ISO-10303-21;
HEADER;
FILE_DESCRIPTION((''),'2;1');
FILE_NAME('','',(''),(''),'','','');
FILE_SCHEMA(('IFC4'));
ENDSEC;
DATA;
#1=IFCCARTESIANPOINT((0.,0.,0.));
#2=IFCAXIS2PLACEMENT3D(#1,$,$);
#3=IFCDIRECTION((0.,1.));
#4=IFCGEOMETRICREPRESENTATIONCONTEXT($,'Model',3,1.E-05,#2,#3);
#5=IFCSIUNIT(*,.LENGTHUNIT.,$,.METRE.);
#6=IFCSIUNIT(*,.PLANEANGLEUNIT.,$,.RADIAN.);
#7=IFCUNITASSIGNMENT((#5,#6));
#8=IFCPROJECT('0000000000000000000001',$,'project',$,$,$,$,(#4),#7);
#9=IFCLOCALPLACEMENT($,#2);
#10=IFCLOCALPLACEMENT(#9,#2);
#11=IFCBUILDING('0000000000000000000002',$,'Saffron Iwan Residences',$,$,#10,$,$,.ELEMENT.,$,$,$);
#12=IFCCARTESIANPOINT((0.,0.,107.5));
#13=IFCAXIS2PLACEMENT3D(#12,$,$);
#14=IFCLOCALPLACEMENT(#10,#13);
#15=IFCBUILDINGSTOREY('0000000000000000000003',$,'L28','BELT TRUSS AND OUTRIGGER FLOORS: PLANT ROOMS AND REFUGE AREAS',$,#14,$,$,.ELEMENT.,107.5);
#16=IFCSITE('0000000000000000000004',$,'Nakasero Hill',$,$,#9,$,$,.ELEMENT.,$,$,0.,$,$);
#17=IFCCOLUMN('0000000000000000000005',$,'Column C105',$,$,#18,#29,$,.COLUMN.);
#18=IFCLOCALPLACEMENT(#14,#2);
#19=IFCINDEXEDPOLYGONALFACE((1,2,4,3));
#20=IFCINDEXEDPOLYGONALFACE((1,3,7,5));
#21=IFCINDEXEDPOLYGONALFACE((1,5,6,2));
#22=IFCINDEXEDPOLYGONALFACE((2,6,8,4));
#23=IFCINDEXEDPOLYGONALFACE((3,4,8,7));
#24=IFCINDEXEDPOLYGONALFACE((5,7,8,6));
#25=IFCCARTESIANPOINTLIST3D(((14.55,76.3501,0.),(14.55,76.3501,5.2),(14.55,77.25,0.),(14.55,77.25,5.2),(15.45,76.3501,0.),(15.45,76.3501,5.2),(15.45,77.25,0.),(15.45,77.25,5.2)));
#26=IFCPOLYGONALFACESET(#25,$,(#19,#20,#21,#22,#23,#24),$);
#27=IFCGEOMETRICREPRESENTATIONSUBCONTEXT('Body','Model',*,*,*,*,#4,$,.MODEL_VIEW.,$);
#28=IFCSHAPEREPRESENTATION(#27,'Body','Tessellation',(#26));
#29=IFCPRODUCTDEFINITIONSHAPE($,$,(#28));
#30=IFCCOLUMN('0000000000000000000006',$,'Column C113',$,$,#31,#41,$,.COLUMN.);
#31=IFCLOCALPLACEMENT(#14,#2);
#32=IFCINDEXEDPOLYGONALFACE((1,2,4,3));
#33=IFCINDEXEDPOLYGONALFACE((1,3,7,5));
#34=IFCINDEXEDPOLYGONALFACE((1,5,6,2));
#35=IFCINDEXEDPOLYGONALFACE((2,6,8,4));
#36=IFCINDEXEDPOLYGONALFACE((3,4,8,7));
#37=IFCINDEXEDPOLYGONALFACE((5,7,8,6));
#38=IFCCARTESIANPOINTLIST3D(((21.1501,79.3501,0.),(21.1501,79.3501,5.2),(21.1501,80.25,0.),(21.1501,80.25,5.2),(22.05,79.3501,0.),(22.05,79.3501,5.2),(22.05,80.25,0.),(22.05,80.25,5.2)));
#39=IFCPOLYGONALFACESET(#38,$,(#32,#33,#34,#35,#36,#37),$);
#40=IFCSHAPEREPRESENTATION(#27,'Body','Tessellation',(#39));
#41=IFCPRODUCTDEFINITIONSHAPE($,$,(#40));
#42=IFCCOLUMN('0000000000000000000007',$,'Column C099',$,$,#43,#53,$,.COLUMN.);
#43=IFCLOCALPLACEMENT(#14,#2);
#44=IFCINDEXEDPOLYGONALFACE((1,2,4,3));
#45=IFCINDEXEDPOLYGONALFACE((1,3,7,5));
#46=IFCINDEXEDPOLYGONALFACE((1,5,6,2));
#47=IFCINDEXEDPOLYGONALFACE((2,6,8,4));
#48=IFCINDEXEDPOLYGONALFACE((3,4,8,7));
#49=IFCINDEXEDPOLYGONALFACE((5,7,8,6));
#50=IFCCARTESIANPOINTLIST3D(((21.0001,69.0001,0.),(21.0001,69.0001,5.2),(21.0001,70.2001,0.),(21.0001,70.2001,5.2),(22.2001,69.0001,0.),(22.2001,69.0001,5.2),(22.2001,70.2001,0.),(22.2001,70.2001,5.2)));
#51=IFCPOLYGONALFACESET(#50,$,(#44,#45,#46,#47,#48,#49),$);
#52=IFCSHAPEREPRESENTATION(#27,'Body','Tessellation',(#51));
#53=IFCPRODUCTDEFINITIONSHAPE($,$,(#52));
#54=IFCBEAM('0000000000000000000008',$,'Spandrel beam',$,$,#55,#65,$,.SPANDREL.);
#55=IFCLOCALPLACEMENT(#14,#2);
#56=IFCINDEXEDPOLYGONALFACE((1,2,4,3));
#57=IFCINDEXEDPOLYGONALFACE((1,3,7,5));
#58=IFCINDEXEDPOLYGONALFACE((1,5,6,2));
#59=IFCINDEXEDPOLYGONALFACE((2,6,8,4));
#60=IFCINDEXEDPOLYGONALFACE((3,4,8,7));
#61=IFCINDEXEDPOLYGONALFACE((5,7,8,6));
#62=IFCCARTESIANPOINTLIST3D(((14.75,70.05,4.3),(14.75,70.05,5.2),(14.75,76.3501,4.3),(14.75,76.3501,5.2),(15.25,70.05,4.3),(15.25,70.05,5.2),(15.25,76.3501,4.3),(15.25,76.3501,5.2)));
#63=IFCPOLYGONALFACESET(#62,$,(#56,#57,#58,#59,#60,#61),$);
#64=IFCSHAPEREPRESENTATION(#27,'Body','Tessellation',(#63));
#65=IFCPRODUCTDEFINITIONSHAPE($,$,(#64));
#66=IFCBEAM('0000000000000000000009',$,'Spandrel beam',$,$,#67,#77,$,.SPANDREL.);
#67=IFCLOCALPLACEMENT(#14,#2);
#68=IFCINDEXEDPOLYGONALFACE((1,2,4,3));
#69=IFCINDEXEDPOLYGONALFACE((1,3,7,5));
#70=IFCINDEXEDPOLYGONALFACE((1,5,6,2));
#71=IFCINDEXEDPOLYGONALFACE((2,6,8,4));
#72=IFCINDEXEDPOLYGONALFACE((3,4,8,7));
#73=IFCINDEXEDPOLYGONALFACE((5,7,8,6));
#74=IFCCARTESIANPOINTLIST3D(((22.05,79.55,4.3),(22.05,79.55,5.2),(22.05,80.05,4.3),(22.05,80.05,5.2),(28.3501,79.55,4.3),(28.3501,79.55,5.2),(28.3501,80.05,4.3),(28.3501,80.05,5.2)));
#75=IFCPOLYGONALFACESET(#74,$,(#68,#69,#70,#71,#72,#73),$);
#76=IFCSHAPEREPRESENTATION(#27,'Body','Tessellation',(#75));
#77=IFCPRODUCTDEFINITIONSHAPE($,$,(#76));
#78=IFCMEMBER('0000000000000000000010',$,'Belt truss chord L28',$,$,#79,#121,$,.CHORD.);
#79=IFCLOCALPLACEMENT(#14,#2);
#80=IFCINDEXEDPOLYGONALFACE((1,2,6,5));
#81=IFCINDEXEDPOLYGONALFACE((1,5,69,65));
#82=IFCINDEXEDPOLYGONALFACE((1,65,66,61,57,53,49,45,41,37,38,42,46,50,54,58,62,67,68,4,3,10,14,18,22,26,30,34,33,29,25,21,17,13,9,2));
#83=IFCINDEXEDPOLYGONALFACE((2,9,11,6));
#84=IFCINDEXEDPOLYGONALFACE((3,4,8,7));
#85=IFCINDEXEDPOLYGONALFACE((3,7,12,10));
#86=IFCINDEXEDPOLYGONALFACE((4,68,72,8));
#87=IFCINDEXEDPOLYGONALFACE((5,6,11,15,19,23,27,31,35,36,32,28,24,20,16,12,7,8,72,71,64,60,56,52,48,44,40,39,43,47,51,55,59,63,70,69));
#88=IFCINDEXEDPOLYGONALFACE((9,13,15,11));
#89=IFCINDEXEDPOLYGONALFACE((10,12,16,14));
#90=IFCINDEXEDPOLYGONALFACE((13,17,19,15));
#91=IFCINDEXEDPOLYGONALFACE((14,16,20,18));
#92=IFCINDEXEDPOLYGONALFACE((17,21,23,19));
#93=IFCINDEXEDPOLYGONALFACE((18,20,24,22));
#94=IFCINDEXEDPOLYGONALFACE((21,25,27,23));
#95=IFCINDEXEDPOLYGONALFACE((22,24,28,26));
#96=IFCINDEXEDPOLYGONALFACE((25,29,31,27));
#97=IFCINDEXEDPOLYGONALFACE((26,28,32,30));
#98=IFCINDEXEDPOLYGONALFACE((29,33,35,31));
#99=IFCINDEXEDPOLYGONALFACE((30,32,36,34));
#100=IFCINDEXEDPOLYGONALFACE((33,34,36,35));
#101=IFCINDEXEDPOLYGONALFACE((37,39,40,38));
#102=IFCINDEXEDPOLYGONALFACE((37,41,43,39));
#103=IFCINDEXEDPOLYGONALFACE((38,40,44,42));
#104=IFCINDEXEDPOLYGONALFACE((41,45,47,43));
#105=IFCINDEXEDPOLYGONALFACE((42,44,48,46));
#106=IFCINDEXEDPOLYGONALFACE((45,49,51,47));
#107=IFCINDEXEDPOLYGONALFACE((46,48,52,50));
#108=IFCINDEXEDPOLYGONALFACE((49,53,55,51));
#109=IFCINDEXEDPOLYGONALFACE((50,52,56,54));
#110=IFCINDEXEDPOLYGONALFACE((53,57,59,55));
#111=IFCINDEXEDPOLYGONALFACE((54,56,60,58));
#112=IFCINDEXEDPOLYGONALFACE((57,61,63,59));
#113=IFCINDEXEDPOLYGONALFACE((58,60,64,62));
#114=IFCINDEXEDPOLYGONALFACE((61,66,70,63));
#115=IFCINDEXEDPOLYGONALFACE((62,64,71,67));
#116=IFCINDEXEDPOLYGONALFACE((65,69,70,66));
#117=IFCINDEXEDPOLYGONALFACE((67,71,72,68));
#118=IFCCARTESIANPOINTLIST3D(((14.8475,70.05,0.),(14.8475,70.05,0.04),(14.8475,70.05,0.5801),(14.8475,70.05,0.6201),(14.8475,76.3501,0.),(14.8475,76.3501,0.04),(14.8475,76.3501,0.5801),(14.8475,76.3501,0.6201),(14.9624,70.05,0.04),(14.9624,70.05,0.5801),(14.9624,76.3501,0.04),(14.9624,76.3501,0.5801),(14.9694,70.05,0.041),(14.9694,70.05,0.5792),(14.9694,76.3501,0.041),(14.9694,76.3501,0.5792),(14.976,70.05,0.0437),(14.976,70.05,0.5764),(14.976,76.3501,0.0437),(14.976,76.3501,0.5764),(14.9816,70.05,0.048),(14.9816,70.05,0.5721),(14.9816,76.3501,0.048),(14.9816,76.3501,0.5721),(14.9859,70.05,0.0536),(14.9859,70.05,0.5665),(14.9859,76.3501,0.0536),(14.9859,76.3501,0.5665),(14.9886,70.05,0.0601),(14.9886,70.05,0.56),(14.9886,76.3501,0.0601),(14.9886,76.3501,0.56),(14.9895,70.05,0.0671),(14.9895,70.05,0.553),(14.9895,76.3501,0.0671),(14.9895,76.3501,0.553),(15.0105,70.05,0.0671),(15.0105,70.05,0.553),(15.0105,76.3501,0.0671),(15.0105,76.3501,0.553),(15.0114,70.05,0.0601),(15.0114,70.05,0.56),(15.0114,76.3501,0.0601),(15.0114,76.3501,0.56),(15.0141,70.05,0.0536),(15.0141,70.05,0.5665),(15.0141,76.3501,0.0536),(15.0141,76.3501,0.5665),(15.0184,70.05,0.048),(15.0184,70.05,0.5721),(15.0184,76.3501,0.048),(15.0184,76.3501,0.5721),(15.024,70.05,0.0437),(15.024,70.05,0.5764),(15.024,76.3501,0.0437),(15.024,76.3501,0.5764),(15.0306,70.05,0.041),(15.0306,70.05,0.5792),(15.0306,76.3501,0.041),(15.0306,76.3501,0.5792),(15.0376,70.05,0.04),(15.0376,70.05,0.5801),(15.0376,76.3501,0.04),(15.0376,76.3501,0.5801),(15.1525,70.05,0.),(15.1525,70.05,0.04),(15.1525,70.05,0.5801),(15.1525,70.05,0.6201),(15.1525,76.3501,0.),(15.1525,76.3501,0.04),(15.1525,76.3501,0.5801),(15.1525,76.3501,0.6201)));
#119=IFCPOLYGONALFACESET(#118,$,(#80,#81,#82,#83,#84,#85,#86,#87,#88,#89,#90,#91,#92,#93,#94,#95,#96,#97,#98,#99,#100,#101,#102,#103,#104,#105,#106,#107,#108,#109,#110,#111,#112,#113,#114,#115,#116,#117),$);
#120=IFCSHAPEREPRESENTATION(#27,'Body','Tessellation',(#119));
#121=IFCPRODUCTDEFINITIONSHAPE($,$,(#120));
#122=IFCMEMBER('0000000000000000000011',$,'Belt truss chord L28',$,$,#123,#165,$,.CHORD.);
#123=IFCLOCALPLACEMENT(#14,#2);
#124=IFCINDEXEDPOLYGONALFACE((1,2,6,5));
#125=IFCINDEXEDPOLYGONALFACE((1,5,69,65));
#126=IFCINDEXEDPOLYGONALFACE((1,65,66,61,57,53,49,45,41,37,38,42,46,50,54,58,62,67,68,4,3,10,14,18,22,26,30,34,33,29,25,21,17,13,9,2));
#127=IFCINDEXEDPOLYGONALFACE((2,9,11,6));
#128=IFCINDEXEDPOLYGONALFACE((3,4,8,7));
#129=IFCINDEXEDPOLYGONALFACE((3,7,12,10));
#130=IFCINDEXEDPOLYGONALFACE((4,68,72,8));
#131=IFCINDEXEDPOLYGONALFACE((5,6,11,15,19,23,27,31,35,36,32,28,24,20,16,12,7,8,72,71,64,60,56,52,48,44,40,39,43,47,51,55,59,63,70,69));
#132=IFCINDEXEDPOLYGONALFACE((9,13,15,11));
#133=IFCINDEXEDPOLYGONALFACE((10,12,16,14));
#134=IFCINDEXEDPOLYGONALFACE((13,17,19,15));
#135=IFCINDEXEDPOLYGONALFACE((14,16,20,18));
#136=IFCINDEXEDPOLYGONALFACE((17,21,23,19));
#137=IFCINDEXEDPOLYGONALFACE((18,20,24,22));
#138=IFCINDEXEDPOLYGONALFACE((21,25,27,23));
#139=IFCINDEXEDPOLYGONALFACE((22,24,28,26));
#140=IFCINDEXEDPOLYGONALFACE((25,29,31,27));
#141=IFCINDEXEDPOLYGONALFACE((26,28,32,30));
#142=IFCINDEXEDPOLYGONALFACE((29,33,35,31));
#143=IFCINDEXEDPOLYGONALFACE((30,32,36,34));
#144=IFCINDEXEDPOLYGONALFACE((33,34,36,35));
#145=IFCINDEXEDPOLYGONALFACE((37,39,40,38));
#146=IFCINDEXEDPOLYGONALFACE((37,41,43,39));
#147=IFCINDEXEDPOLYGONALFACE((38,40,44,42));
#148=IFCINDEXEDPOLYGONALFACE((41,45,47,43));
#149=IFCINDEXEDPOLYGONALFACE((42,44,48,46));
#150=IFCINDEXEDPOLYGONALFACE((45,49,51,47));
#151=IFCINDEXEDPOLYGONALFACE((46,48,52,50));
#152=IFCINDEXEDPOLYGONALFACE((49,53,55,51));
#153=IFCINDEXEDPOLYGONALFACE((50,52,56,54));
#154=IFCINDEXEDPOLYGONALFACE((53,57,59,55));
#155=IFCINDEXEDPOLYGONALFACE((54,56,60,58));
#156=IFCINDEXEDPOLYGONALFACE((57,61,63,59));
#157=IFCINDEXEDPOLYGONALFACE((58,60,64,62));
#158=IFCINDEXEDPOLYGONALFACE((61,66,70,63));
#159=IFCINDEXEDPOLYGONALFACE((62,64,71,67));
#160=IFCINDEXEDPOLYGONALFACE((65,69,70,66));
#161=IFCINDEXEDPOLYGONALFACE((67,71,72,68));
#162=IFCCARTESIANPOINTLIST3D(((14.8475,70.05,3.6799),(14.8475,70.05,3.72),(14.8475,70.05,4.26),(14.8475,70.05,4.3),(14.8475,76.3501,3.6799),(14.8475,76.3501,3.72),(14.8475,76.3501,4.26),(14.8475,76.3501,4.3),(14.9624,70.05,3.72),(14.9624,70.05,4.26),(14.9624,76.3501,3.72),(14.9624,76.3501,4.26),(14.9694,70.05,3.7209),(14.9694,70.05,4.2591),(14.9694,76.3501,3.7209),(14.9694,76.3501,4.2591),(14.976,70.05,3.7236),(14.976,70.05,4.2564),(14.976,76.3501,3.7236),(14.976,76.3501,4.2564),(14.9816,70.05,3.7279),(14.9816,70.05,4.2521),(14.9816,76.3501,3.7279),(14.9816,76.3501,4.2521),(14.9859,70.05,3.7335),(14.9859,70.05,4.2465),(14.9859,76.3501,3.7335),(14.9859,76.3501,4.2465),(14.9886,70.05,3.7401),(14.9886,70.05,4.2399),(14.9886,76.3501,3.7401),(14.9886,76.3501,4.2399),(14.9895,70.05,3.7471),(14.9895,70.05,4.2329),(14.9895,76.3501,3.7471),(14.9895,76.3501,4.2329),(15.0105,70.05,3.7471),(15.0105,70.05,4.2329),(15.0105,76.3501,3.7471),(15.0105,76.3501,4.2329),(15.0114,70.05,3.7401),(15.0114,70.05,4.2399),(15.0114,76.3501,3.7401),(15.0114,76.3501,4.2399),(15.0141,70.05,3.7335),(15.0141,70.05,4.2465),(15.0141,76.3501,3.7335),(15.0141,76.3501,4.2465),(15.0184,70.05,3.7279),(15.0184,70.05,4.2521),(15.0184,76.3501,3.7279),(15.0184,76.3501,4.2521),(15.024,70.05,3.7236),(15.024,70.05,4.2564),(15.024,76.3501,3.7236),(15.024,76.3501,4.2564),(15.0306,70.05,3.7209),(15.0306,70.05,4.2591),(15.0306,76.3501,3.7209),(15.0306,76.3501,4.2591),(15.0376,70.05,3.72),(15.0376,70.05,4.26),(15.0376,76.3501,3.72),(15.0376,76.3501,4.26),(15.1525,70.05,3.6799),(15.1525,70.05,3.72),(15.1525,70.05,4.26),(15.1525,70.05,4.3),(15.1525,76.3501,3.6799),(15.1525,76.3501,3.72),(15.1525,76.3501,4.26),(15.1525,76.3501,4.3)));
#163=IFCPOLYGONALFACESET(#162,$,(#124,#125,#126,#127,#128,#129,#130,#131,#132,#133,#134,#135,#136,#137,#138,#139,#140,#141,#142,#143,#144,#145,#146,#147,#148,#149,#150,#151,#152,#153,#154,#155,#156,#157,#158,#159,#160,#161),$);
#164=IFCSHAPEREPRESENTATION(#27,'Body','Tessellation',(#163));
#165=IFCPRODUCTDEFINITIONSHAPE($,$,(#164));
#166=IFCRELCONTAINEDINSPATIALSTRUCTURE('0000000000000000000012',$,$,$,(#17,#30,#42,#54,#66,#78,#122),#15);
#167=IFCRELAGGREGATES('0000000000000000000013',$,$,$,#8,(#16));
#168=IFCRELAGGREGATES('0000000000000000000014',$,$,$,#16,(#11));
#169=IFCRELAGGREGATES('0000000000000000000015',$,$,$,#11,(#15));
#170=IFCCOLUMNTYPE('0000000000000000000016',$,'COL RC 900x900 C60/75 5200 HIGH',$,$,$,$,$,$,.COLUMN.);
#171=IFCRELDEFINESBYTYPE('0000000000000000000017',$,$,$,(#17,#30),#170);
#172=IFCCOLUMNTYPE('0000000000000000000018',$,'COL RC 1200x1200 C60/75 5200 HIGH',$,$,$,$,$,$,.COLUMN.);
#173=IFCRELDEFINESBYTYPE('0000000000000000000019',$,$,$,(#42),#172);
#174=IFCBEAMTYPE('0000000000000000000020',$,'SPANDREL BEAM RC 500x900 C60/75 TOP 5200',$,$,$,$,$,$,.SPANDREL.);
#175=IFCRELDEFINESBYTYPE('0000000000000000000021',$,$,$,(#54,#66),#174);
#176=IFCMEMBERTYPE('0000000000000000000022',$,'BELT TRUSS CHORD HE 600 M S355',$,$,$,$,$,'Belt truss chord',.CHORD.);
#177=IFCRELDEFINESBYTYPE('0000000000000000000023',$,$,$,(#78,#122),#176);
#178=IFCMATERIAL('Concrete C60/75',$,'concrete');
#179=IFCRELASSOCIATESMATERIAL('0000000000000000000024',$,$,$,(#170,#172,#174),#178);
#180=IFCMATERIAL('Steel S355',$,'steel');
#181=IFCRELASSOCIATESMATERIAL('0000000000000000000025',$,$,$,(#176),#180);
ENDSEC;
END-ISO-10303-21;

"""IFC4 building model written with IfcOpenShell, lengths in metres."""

from ifc_helpers import new_model, si_unit, direction, frame, origin, origin_2d, place, context, subcontext, project, spatial, rectangle, i_section, extrude, source, transform, mapped, material, material_profile, profile_set, type_object, element, save


model = new_model("IFC4")

# Units and contexts
model_context = context("Model", 3, precision=1e-05, world=origin(), true_north=direction((0.0, 1.0)))
body_context = subcontext(model_context, "Body", "Model", "MODEL_VIEW")
ifc_project = project(units=[si_unit("LENGTHUNIT", "METRE"), si_unit("PLANEANGLEUNIT", "RADIAN")], contexts=[model_context])

# Site, building, storey
site_placement = place(None, origin())
site = spatial("IfcSite", under=ifc_project, at=site_placement, Name="Nakasero Hill", CompositionType="ELEMENT", RefElevation=0.0)
building_placement = place(site_placement, origin())
building = spatial("IfcBuilding", under=site, at=building_placement, Name="Saffron Iwan Residences", CompositionType="ELEMENT")
storey_placement = place(building_placement, frame((0.0, 0.0, 107.5)))
storey = spatial("IfcBuildingStorey", under=building, at=storey_placement, Name="L28", Description="BELT TRUSS AND OUTRIGGER FLOORS: PLANT ROOMS AND REFUGE AREAS", CompositionType="ELEMENT", Elevation=107.5)

# Columns
ifc_material_1 = material(Name="Concrete C60/75", Category="concrete")
ifc_material_profile_1 = material_profile(ifc_material_1, rectangle(XDim=0.8999, YDim=0.8999, at=origin_2d()), Name="RC 900x900")
ifc_profile_set_1 = profile_set([ifc_material_profile_1], Name="Concrete C60/75")
column_type_1 = type_object("IfcColumnType", Name="COL RC 900x900 C60/75 5200 HIGH", PredefinedType="COLUMN", material=ifc_profile_set_1)
shared_shape_1 = source(origin(), body_context, "Body", "SweptSolid", [
    extrude(rectangle(XDim=0.8999, YDim=0.8999, at=origin_2d()), origin(), (0.0, 0.0, 1.0), 5.2),
])
for number, where, z_axis, x_axis, name in (
    (1, (15.0, 76.8, 0.0), (0.0, 0.0, 1.0), (1.0, 0.0, 0.0), "Column C105"),
    (2, (21.6001, 79.8, 0.0), (0.0, 0.0, 1.0), (1.0, 0.0, 0.0), "Column C113"),
):
    element("IfcColumn", number, at=place(storey_placement, frame(where, z_axis=z_axis, x_axis=x_axis)), inside=storey, type_object=column_type_1, Name=name, PredefinedType="COLUMN", context=body_context, shape_type="MappedRepresentation", body=[
        mapped(shared_shape_1, transform((0.0, 0.0, 0.0))),
    ])
ifc_material_profile_2 = material_profile(ifc_material_1, rectangle(XDim=1.2, YDim=1.2, at=origin_2d()), Name="RC 1200x1200")
ifc_profile_set_2 = profile_set([ifc_material_profile_2], Name="Concrete C60/75")
column_type_2 = type_object("IfcColumnType", Name="COL RC 1200x1200 C60/75 5200 HIGH", PredefinedType="COLUMN", material=ifc_profile_set_2)
shared_shape_2 = source(origin(), body_context, "Body", "SweptSolid", [
    extrude(rectangle(XDim=1.2, YDim=1.2, at=origin_2d()), origin(), (0.0, 0.0, 1.0), 5.2),
])
column_placement = place(storey_placement, frame((21.6001, 69.6001, 0.0), z_axis=(0.0, 0.0, 1.0), x_axis=(1.0, 0.0, 0.0)))
element("IfcColumn", 3, at=column_placement, inside=storey, type_object=column_type_2, Name="Column C099", PredefinedType="COLUMN", context=body_context, shape_type="MappedRepresentation", body=[
    mapped(shared_shape_2, transform((0.0, 0.0, 0.0))),
])

# Beams
ifc_material_profile_3 = material_profile(ifc_material_1, rectangle(XDim=0.5, YDim=0.8999, at=origin_2d()), Name="RC 500x900")
ifc_profile_set_3 = profile_set([ifc_material_profile_3], Name="Concrete C60/75")
beam_type = type_object("IfcBeamType", Name="SPANDREL BEAM RC 500x900 C60/75 TOP 5200", PredefinedType="SPANDREL", material=ifc_profile_set_3)
shared_shape_3 = source(origin(), body_context, "Body", "SweptSolid", [
    extrude(rectangle(XDim=0.5, YDim=0.8999, at=origin_2d()), origin(), (0.0, 0.0, 1.0), 6.3),
])
for number, where, z_axis, x_axis, name in (
    (4, (15.0, 70.05, 4.75), (0.0, 1.0, 0.0), (-1.0, 0.0, 0.0), "Spandrel beam"),
    (5, (22.05, 79.8, 4.75), (1.0, 0.0, 0.0), (0.0, 1.0, 0.0), "Spandrel beam"),
):
    element("IfcBeam", number, at=place(storey_placement, frame(where, z_axis=z_axis, x_axis=x_axis)), inside=storey, type_object=beam_type, Name=name, PredefinedType="SPANDREL", context=body_context, shape_type="MappedRepresentation", body=[
        mapped(shared_shape_3, transform((0.0, 0.0, 0.0))),
    ])

# Members
ifc_material_2 = material(Name="Steel S355", Category="steel")
ifc_material_profile_4 = material_profile(ifc_material_2, i_section(OverallWidth=0.3049, OverallDepth=0.6201, WebThickness=0.021, FlangeThickness=0.04, FilletRadius=0.0271, at=origin_2d()), Name="HE 600 M")
ifc_profile_set_4 = profile_set([ifc_material_profile_4], Name="Steel S355")
member_type_1 = type_object("IfcMemberType", Name="BELT TRUSS CHORD HE 600 M S355", ElementType="Belt truss chord", PredefinedType="CHORD", material=ifc_profile_set_4)
shared_shape_4 = source(origin(), body_context, "Body", "SweptSolid", [
    extrude(i_section(OverallWidth=0.3049, OverallDepth=0.6201, WebThickness=0.021, FlangeThickness=0.04, FilletRadius=0.0271, at=origin_2d()), origin(), (0.0, 0.0, 1.0), 6.3),
])
for number, where, z_axis, x_axis, name in (
    (6, (15.0, 70.05, 0.3101), (0.0, 1.0, 0.0), (-1.0, 0.0, 0.0), "Belt truss chord L28"),
    (7, (15.0, 70.05, 3.99), (0.0, 1.0, 0.0), (-1.0, 0.0, 0.0), "Belt truss chord L28"),
):
    element("IfcMember", number, at=place(storey_placement, frame(where, z_axis=z_axis, x_axis=x_axis)), inside=storey, type_object=member_type_1, Name=name, PredefinedType="CHORD", context=body_context, shape_type="MappedRepresentation", body=[
        mapped(shared_shape_4, transform((0.0, 0.0, 0.0))),
    ])

save(model, "model.ifc")
